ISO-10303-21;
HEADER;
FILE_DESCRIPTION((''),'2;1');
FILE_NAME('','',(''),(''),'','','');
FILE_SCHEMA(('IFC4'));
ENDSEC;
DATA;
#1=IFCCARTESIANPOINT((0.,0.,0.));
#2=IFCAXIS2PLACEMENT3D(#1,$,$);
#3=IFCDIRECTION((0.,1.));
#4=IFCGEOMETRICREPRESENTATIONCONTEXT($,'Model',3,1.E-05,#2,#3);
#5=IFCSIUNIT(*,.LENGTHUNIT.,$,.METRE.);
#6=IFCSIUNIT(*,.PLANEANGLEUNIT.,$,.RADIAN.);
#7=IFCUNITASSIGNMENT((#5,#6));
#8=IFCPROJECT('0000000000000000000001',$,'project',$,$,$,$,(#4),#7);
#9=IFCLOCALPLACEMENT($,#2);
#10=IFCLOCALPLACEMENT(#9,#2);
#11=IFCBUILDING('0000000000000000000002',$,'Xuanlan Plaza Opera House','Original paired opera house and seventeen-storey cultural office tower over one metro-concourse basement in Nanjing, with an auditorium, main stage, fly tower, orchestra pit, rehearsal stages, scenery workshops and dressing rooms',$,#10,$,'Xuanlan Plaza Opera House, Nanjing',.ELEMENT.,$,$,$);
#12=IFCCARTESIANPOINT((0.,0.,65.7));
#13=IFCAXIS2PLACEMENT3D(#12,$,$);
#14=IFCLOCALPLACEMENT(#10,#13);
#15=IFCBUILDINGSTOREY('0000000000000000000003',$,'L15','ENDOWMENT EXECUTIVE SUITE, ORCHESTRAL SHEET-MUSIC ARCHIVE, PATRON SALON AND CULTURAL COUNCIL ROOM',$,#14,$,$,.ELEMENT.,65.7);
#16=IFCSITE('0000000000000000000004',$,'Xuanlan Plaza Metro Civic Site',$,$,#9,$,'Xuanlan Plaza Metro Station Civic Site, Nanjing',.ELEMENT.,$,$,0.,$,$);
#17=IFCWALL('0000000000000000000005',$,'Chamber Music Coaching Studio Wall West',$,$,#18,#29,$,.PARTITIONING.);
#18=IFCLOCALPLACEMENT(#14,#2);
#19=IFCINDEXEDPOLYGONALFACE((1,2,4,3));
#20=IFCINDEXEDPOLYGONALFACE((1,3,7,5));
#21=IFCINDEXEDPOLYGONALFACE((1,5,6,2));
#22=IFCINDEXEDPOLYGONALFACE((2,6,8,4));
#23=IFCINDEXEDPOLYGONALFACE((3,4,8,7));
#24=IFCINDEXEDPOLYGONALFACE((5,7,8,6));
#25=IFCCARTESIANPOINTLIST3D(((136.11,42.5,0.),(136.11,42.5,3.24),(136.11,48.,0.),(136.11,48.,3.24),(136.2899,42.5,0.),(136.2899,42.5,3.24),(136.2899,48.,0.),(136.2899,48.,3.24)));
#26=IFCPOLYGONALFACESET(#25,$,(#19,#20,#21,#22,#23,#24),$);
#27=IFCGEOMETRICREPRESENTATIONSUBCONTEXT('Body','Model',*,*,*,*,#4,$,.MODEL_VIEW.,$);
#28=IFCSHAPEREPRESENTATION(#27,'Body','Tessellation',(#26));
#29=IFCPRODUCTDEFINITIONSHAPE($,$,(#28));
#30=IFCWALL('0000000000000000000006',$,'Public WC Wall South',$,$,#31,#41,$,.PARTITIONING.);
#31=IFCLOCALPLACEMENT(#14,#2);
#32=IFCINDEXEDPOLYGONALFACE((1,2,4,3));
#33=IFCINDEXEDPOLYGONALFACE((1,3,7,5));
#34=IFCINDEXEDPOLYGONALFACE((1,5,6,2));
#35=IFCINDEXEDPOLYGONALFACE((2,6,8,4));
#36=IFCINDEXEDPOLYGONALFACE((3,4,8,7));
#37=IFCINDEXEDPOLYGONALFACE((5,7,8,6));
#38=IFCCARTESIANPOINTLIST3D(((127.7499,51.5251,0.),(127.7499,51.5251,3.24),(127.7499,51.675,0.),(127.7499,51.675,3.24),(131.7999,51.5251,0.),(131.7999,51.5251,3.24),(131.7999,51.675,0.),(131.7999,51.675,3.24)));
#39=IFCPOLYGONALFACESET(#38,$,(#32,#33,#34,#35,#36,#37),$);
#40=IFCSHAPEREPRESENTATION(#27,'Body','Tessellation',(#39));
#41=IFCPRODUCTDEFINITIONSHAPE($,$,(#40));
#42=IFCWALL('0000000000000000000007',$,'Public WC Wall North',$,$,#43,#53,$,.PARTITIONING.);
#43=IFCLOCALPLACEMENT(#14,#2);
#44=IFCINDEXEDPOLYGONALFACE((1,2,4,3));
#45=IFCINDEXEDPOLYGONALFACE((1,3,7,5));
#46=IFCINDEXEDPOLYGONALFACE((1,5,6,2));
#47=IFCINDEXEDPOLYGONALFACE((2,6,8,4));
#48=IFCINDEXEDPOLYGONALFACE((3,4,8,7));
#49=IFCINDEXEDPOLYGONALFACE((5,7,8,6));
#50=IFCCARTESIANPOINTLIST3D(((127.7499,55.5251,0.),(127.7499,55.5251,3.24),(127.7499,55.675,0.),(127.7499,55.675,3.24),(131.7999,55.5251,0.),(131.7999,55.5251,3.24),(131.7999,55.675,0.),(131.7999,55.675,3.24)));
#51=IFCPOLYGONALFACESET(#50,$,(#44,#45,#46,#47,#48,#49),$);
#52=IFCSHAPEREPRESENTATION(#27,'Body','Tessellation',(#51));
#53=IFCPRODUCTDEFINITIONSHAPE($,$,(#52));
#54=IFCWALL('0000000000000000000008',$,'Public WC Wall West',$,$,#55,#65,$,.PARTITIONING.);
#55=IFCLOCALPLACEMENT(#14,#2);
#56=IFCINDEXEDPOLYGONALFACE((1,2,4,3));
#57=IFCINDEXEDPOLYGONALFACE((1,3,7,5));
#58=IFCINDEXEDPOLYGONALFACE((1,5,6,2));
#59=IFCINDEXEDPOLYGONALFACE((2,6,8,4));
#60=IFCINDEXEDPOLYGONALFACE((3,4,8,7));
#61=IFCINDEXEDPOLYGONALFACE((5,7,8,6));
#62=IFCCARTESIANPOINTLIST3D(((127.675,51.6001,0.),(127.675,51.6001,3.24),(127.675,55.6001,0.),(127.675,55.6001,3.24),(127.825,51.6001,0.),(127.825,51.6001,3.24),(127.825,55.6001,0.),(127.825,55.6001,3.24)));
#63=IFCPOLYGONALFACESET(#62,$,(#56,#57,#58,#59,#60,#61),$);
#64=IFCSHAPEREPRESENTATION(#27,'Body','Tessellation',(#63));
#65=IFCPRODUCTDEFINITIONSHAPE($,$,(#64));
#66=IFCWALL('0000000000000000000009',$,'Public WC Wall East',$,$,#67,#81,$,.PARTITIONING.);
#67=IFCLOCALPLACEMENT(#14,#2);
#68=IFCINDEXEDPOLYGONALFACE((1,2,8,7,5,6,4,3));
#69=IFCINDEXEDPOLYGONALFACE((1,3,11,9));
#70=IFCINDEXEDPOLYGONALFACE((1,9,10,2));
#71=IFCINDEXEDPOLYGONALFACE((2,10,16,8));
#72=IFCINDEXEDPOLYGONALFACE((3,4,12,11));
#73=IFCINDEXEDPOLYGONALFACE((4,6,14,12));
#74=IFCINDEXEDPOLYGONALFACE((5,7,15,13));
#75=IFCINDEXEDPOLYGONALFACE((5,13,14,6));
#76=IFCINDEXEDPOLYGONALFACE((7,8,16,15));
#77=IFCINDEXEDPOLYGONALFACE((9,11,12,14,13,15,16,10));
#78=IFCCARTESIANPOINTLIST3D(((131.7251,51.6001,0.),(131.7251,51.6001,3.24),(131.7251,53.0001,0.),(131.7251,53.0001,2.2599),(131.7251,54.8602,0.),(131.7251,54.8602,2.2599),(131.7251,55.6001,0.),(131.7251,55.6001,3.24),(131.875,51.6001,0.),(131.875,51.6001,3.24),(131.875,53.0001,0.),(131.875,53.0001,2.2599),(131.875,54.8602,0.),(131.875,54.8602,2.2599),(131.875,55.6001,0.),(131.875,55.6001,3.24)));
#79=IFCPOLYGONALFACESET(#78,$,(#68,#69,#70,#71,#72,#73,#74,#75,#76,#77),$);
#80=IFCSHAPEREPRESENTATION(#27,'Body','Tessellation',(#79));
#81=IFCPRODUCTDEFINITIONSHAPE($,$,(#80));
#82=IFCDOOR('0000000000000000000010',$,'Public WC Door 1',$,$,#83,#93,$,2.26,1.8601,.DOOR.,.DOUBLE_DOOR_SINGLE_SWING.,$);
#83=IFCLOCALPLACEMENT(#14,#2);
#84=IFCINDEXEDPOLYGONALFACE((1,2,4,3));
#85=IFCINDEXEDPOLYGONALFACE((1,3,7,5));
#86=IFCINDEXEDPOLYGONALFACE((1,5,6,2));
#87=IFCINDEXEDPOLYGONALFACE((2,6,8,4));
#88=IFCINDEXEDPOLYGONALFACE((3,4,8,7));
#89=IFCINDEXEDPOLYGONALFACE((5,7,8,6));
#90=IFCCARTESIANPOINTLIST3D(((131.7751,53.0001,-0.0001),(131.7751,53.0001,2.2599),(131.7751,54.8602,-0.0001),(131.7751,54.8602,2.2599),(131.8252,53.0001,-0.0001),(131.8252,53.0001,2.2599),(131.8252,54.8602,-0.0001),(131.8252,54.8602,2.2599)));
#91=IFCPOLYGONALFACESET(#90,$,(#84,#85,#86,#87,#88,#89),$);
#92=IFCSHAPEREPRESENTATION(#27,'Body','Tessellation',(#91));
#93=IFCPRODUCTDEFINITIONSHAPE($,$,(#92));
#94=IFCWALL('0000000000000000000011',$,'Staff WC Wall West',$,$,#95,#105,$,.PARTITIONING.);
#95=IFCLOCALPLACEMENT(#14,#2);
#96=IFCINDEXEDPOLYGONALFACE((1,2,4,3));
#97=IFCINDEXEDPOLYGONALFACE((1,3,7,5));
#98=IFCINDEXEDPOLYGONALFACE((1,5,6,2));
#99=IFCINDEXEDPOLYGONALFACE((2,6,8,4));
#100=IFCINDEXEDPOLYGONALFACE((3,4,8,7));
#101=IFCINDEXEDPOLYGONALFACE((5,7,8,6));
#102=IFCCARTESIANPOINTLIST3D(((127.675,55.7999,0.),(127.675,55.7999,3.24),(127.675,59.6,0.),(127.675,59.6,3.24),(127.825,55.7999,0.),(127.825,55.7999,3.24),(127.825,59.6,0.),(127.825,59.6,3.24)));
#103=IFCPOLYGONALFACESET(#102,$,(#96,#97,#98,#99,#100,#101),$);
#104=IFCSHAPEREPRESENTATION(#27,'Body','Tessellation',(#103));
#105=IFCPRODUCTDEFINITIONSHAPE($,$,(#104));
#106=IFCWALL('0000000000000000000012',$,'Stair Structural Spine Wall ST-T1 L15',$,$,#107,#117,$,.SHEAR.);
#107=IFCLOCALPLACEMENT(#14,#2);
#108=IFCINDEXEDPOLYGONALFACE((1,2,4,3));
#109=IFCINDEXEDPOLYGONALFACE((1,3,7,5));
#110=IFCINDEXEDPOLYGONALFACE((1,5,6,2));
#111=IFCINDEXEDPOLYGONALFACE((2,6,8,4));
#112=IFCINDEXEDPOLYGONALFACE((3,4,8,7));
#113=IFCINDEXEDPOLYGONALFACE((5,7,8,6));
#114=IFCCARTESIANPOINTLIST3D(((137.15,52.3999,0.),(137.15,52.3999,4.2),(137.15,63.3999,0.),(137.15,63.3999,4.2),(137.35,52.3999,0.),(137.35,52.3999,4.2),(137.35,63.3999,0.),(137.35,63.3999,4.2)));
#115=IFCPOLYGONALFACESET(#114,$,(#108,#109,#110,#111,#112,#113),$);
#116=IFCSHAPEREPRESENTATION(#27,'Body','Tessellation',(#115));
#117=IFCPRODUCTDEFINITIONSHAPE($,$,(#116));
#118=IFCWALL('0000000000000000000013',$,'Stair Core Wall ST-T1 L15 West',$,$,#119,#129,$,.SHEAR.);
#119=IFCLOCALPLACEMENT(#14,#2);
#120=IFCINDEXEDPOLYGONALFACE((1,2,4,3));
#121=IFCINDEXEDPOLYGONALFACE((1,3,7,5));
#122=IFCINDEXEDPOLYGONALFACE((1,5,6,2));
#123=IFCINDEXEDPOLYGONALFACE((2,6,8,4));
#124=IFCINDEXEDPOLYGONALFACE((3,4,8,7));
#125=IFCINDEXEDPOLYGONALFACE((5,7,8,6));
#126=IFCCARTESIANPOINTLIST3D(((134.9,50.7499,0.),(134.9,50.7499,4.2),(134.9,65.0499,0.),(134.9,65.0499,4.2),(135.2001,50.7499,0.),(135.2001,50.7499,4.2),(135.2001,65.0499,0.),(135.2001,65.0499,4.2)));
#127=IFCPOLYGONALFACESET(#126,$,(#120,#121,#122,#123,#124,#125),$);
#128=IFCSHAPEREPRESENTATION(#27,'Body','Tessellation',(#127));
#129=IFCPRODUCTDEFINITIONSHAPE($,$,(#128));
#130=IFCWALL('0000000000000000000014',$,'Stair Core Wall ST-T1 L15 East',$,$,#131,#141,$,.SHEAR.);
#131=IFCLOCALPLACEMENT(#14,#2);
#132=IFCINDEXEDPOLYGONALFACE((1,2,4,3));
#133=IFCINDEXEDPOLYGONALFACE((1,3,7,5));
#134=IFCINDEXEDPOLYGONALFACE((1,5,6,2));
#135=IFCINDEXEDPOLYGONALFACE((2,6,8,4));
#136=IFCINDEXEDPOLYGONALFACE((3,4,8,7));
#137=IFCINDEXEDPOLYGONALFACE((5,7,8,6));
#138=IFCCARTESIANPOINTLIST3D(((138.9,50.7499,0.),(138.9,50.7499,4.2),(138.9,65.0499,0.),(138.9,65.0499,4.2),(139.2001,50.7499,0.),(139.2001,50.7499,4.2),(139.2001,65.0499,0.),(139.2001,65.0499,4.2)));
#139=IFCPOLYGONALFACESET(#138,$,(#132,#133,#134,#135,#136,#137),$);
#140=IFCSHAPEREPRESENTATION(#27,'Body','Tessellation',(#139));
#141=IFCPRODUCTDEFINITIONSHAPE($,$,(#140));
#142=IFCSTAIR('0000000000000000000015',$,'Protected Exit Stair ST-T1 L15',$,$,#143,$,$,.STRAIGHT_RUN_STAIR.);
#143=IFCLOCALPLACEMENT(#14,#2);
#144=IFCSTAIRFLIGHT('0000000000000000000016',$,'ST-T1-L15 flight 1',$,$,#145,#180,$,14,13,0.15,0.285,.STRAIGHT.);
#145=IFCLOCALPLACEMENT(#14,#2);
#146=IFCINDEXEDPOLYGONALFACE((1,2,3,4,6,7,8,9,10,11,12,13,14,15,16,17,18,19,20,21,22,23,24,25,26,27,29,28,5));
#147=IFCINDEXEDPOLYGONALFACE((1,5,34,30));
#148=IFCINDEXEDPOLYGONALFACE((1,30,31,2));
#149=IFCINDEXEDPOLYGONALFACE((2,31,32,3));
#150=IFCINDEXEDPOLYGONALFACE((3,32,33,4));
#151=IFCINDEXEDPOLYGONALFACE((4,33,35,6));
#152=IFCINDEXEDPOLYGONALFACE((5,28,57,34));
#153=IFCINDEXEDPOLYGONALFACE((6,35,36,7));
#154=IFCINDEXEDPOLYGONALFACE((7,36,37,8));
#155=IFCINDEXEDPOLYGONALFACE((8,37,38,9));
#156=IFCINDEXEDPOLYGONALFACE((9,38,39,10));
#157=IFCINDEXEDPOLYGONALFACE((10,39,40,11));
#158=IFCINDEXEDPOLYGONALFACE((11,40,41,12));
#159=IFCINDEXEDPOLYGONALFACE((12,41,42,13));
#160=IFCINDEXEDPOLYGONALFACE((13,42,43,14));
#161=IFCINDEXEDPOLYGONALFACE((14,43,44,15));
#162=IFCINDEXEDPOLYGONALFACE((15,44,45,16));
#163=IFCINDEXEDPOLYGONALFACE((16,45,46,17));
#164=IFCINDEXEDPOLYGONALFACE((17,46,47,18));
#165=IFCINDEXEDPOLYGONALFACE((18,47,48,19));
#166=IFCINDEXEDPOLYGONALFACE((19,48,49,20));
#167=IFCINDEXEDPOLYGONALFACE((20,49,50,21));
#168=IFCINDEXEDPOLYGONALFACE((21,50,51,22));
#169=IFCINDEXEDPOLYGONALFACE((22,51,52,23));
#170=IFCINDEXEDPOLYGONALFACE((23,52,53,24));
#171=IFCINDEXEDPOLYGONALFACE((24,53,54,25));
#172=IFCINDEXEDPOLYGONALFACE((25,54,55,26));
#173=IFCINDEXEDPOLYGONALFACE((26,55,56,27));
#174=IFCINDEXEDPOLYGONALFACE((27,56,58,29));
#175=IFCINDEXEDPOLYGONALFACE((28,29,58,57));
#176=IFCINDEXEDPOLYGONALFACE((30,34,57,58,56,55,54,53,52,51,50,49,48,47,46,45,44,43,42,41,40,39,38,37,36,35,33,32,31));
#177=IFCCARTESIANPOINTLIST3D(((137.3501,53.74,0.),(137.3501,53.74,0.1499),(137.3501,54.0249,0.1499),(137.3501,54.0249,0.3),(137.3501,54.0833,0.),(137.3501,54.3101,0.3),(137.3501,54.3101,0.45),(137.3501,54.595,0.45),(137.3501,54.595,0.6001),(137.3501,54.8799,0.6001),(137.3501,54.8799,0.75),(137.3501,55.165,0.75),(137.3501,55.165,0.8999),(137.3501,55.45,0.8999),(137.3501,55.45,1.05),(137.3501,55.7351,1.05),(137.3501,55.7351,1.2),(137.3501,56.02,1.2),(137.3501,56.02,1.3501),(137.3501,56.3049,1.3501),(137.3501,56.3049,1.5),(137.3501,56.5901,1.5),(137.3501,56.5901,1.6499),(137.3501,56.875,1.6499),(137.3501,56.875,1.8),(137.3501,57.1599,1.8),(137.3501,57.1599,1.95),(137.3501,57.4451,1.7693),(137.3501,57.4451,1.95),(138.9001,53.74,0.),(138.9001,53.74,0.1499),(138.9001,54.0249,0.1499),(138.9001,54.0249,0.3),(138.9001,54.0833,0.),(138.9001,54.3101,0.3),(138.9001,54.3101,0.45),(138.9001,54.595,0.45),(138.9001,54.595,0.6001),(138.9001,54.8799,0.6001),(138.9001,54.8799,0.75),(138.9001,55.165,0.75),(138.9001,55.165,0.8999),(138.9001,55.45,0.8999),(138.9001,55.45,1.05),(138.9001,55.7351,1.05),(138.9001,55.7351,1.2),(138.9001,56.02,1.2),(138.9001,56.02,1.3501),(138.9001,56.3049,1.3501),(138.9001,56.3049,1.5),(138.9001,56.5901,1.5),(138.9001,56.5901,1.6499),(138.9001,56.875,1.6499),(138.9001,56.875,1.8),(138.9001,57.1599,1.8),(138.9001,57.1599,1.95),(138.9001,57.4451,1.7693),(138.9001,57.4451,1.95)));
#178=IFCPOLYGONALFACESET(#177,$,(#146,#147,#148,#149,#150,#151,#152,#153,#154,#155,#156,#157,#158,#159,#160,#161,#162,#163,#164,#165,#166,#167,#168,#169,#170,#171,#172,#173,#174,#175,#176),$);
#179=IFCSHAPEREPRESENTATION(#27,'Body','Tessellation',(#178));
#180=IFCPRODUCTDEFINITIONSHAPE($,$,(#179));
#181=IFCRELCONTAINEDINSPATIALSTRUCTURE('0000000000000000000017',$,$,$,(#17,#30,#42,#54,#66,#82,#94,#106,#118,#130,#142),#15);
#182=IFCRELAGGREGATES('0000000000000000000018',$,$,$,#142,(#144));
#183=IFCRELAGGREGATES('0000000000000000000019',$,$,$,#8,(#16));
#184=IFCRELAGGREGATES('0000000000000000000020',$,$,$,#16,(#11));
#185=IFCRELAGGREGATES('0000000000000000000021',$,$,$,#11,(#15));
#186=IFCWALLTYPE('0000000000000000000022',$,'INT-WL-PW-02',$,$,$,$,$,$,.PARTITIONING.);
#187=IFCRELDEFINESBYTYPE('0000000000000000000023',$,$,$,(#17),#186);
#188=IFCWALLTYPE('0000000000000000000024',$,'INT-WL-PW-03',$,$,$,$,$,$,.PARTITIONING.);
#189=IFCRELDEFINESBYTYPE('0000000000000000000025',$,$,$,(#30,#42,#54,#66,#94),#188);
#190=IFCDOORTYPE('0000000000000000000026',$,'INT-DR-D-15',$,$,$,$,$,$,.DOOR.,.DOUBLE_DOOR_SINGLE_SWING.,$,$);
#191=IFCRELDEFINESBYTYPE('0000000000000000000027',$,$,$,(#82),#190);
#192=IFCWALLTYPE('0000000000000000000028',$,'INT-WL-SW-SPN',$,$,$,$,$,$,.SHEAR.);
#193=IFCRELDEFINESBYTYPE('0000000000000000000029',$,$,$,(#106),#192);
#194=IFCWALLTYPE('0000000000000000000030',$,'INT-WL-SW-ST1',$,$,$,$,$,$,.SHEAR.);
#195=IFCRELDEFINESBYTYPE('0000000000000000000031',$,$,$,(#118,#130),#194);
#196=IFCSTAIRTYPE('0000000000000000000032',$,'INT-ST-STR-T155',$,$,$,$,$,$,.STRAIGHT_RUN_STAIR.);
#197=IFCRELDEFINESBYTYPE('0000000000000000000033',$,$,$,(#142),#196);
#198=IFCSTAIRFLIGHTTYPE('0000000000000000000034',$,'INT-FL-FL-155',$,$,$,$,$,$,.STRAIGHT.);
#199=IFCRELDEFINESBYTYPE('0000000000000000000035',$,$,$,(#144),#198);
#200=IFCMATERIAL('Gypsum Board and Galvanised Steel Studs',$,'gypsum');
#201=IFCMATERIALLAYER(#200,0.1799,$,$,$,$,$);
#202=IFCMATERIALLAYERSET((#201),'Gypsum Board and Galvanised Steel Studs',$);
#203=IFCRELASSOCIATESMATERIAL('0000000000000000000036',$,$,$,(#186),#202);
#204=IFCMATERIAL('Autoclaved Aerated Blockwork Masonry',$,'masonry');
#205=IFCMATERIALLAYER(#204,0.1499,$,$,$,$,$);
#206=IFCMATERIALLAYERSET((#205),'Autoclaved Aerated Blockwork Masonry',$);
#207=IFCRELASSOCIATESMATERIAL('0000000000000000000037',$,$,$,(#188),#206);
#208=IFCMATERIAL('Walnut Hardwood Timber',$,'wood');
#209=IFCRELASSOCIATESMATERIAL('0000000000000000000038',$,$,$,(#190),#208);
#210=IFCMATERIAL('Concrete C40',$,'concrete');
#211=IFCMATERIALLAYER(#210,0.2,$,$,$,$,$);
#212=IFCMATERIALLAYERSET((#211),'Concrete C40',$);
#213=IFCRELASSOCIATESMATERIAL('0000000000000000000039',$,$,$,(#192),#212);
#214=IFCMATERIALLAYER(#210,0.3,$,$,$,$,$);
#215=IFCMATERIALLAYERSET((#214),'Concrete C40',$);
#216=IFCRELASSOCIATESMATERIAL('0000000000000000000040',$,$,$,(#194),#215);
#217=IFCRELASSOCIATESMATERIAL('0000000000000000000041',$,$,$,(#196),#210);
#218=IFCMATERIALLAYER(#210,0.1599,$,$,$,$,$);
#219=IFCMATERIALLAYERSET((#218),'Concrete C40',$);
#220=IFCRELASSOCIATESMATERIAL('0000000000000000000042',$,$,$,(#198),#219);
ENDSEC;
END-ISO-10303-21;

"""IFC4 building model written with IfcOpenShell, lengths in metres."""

from ifc_helpers import new_model, si_unit, direction, frame, frame_2d, origin, place, context, subcontext, project, spatial, polyline, rectangle, outline, extrude, material, layer, layer_set, type_object, element, fill, aggregate, save


model = new_model("IFC4")

# Units and contexts
model_context = context("Model", 3, precision=1e-05, world=origin(), true_north=direction((0.0, 1.0)))
body_context = subcontext(model_context, "Body", "Model", "MODEL_VIEW")
ifc_project = project(units=[si_unit("LENGTHUNIT", "METRE"), si_unit("PLANEANGLEUNIT", "RADIAN")], contexts=[model_context])

# Site, building, storey
site_placement = place(None, origin())
site = spatial("IfcSite", under=ifc_project, at=site_placement, Name="Xuanlan Plaza Metro Civic Site", LongName="Xuanlan Plaza Metro Station Civic Site, Nanjing", CompositionType="ELEMENT", RefElevation=0.0)
building_placement = place(site_placement, origin())
building = spatial("IfcBuilding", under=site, at=building_placement, Name="Xuanlan Plaza Opera House", Description="Original paired opera house and seventeen-storey cultural office tower over one metro-concourse basement in Nanjing, with an auditorium, main stage, fly tower, orchestra pit, rehearsal stages, scenery workshops and dressing rooms", LongName="Xuanlan Plaza Opera House, Nanjing", CompositionType="ELEMENT")
storey_placement = place(building_placement, frame((0.0, 0.0, 65.7)))
storey = spatial("IfcBuildingStorey", under=building, at=storey_placement, Name="L15", Description="ENDOWMENT EXECUTIVE SUITE, ORCHESTRAL SHEET-MUSIC ARCHIVE, PATRON SALON AND CULTURAL COUNCIL ROOM", CompositionType="ELEMENT", Elevation=65.7)

# Shared definitions
ifc_material_1 = material(Name="Gypsum Board and Galvanised Steel Studs", Category="gypsum")
ifc_layer_1 = layer(ifc_material_1, 0.1799)
ifc_layer_set_1 = layer_set([ifc_layer_1], Name="Gypsum Board and Galvanised Steel Studs")
wall_type_1 = type_object("IfcWallType", Name="INT-WL-PW-02", PredefinedType="PARTITIONING", material=ifc_layer_set_1)

# Shared definitions
ifc_material_2 = material(Name="Walnut Hardwood Timber", Category="wood")

# Walls
wall_1_placement = place(storey_placement, frame((136.2, 42.5, 0.0), z_axis=(0.0, 0.0, 1.0), x_axis=(0.0, 1.0, 0.0)))
element("IfcWall", 1, at=wall_1_placement, inside=storey, type_object=wall_type_1, Name="Chamber Music Coaching Studio Wall West", PredefinedType="PARTITIONING", context=body_context, shape_type="SweptSolid", body=[
    extrude(rectangle(XDim=5.5, YDim=0.1799, at=frame_2d((2.75, 0.0))), origin(), (0.0, 0.0, 1.0), 3.24),
])
ifc_material_3 = material(Name="Autoclaved Aerated Blockwork Masonry", Category="masonry")
ifc_layer_2 = layer(ifc_material_3, 0.1499)
ifc_layer_set_2 = layer_set([ifc_layer_2], Name="Autoclaved Aerated Blockwork Masonry")
wall_type_2 = type_object("IfcWallType", Name="INT-WL-PW-03", PredefinedType="PARTITIONING", material=ifc_layer_set_2)
for number, where, z_axis, x_axis, name in (
    (2, (127.75, 51.6001, 0.0), (0.0, 0.0, 1.0), (1.0, 0.0, 0.0), "Public WC Wall South"),
    (3, (127.75, 55.6001, 0.0), (0.0, 0.0, 1.0), (1.0, 0.0, 0.0), "Public WC Wall North"),
):
    element("IfcWall", number, at=place(storey_placement, frame(where, z_axis=z_axis, x_axis=x_axis)), inside=storey, type_object=wall_type_2, Name=name, PredefinedType="PARTITIONING", context=body_context, shape_type="SweptSolid", body=[
        extrude(rectangle(XDim=4.05, YDim=0.1499, at=frame_2d((2.0249, 0.0))), origin(), (0.0, 0.0, 1.0), 3.24),
    ])
wall_2_placement = place(storey_placement, frame((127.75, 51.6001, 0.0), z_axis=(0.0, 0.0, 1.0), x_axis=(0.0, 1.0, 0.0)))
element("IfcWall", 4, at=wall_2_placement, inside=storey, type_object=wall_type_2, Name="Public WC Wall West", PredefinedType="PARTITIONING", context=body_context, shape_type="SweptSolid", body=[
    extrude(rectangle(XDim=4.0, YDim=0.1499, at=frame_2d((2.0, 0.0))), origin(), (0.0, 0.0, 1.0), 3.24),
])

# Wall, opening, door
wall_3_placement = place(storey_placement, frame((131.8, 51.6001, 0.0), z_axis=(0.0, 0.0, 1.0), x_axis=(0.0, 1.0, 0.0)))
wall_3 = element("IfcWall", 5, at=wall_3_placement, inside=storey, type_object=wall_type_2, Name="Public WC Wall East", PredefinedType="PARTITIONING", context=body_context, shape_type="SweptSolid", body=[
    extrude(rectangle(XDim=4.0, YDim=0.1499, at=frame_2d((2.0, 0.0))), origin(), (0.0, 0.0, 1.0), 3.24),
])
opening_1_placement = place(wall_3_placement, frame((1.3999, 0.0, 0.0)))
opening_1 = element("IfcOpeningElement", 6, at=opening_1_placement, cuts=wall_3, PredefinedType="OPENING", context=body_context, shape_type="SweptSolid", body=[
    extrude(rectangle(XDim=1.8601, YDim=2.26, at=frame_2d((0.9302, 1.1299))), frame((0.0, 0.085, 0.0), z_axis=(0.0, -1.0, 0.0), x_axis=(1.0, 0.0, 0.0)), (0.0, 0.0, 1.0), 0.1699),
])
door_type_1 = type_object("IfcDoorType", Name="INT-DR-D-15", OperationType="DOUBLE_DOOR_SINGLE_SWING", PredefinedType="DOOR", material=ifc_material_2)
door_1_placement = place(opening_1_placement, origin())
door_1 = element("IfcDoor", 7, at=door_1_placement, inside=storey, type_object=door_type_1, Name="Public WC Door 1", OperationType="DOUBLE_DOOR_SINGLE_SWING", OverallHeight=2.26, OverallWidth=1.8601, PredefinedType="DOOR", context=body_context, shape_type="SweptSolid", body=[
    extrude(rectangle(XDim=1.8601, YDim=2.26, at=frame_2d((0.9302, 1.1299))), frame((0.0, 0.0249, 0.0), z_axis=(0.0, -1.0, 0.0), x_axis=(1.0, 0.0, 0.0)), (0.0, 0.0, 1.0), 0.05),
])
fill(opening_1, door_1)

# Walls
wall_4_placement = place(storey_placement, frame((127.75, 55.8, 0.0), z_axis=(0.0, 0.0, 1.0), x_axis=(0.0, 1.0, 0.0)))
element("IfcWall", 8, at=wall_4_placement, inside=storey, type_object=wall_type_2, Name="Staff WC Wall West", PredefinedType="PARTITIONING", context=body_context, shape_type="SweptSolid", body=[
    extrude(rectangle(XDim=3.8, YDim=0.1499, at=frame_2d((1.8999, 0.0))), origin(), (0.0, 0.0, 1.0), 3.24),
])
ifc_material_4 = material(Name="Concrete C40", Category="concrete")
ifc_layer_3 = layer(ifc_material_4, 0.2)
ifc_layer_set_3 = layer_set([ifc_layer_3], Name="Concrete C40")
wall_type_3 = type_object("IfcWallType", Name="INT-WL-SW-SPN", PredefinedType="SHEAR", material=ifc_layer_set_3)
wall_5_placement = place(storey_placement, frame((137.25, 52.3999, 0.0), z_axis=(0.0, 0.0, 1.0), x_axis=(0.0, 1.0, 0.0)))
element("IfcWall", 9, at=wall_5_placement, inside=storey, type_object=wall_type_3, Name="Stair Structural Spine Wall ST-T1 L15", PredefinedType="SHEAR", context=body_context, shape_type="SweptSolid", body=[
    extrude(rectangle(XDim=11.0, YDim=0.2, at=frame_2d((5.5, 0.0))), origin(), (0.0, 0.0, 1.0), 4.2),
])

# Shared definitions
ifc_layer_4 = layer(ifc_material_4, 0.3)
ifc_layer_set_4 = layer_set([ifc_layer_4], Name="Concrete C40")
wall_type_4 = type_object("IfcWallType", Name="INT-WL-SW-ST1", PredefinedType="SHEAR", material=ifc_layer_set_4)

# Walls
for number, where, z_axis, x_axis, name in (
    (10, (135.05, 50.75, 0.0), (0.0, 0.0, 1.0), (0.0, 1.0, 0.0), "Stair Core Wall ST-T1 L15 West"),
    (11, (139.05, 50.75, 0.0), (0.0, 0.0, 1.0), (0.0, 1.0, 0.0), "Stair Core Wall ST-T1 L15 East"),
):
    element("IfcWall", number, at=place(storey_placement, frame(where, z_axis=z_axis, x_axis=x_axis)), inside=storey, type_object=wall_type_4, Name=name, PredefinedType="SHEAR", context=body_context, shape_type="SweptSolid", body=[
        extrude(rectangle(XDim=14.3, YDim=0.3, at=frame_2d((7.1499, 0.0))), origin(), (0.0, 0.0, 1.0), 4.2),
    ])

# Stair, stair flight
stair_type = type_object("IfcStairType", Name="INT-ST-STR-T155", PredefinedType="STRAIGHT_RUN_STAIR", material=ifc_material_4)
stair_placement = place(storey_placement, origin())
stair = element("IfcStair", 12, at=stair_placement, inside=storey, type_object=stair_type, Name="Protected Exit Stair ST-T1 L15", PredefinedType="STRAIGHT_RUN_STAIR")
ifc_layer_5 = layer(ifc_material_4, 0.1599)
ifc_layer_set_5 = layer_set([ifc_layer_5], Name="Concrete C40")
stair_flight_type = type_object("IfcStairFlightType", Name="INT-FL-FL-155", PredefinedType="STRAIGHT", material=ifc_layer_set_5)
stair_flight_placement = place(storey_placement, frame((138.125, 53.74, 0.0), z_axis=(0.0, 0.0, 1.0), x_axis=(0.0, 1.0, 0.0)))
stair_flight = element("IfcStairFlight", 13, at=stair_flight_placement, type_object=stair_flight_type, Name="ST-T1-L15 flight 1", NumberOfRisers=14, NumberOfTreads=13, PredefinedType="STRAIGHT", RiserHeight=0.15, TreadLength=0.285, context=body_context, shape_type="SweptSolid", body=[
    extrude(outline(polyline([(0.0, 0.0), (0.0, 0.1499), (0.2849, 0.1499), (0.2849, 0.3), (0.5701, 0.3), (0.5701, 0.45), (0.855, 0.45), (0.855, 0.6001), (1.1399, 0.6001), (1.1399, 0.75), (1.425, 0.75), (1.425, 0.8999), (1.71, 0.8999), (1.71, 1.05), (1.9951, 1.05), (1.9951, 1.2), (2.28, 1.2), (2.28, 1.3501), (2.5649, 1.3501), (2.5649, 1.5), (2.8501, 1.5), (2.8501, 1.6499), (3.135, 1.6499), (3.135, 1.8), (3.4199, 1.8), (3.4199, 1.95), (3.7051, 1.95), (3.7051, 2.1001), (3.7051, 1.7693), (0.3433, 0.0), (0.0, 0.0)])), frame((0.0, 0.7749, 0.0), z_axis=(0.0, -1.0, 0.0), x_axis=(1.0, 0.0, 0.0)), (0.0, 0.0, 1.0), 1.55),
])
aggregate(stair, [stair_flight])

save(model, "model.ifc")
